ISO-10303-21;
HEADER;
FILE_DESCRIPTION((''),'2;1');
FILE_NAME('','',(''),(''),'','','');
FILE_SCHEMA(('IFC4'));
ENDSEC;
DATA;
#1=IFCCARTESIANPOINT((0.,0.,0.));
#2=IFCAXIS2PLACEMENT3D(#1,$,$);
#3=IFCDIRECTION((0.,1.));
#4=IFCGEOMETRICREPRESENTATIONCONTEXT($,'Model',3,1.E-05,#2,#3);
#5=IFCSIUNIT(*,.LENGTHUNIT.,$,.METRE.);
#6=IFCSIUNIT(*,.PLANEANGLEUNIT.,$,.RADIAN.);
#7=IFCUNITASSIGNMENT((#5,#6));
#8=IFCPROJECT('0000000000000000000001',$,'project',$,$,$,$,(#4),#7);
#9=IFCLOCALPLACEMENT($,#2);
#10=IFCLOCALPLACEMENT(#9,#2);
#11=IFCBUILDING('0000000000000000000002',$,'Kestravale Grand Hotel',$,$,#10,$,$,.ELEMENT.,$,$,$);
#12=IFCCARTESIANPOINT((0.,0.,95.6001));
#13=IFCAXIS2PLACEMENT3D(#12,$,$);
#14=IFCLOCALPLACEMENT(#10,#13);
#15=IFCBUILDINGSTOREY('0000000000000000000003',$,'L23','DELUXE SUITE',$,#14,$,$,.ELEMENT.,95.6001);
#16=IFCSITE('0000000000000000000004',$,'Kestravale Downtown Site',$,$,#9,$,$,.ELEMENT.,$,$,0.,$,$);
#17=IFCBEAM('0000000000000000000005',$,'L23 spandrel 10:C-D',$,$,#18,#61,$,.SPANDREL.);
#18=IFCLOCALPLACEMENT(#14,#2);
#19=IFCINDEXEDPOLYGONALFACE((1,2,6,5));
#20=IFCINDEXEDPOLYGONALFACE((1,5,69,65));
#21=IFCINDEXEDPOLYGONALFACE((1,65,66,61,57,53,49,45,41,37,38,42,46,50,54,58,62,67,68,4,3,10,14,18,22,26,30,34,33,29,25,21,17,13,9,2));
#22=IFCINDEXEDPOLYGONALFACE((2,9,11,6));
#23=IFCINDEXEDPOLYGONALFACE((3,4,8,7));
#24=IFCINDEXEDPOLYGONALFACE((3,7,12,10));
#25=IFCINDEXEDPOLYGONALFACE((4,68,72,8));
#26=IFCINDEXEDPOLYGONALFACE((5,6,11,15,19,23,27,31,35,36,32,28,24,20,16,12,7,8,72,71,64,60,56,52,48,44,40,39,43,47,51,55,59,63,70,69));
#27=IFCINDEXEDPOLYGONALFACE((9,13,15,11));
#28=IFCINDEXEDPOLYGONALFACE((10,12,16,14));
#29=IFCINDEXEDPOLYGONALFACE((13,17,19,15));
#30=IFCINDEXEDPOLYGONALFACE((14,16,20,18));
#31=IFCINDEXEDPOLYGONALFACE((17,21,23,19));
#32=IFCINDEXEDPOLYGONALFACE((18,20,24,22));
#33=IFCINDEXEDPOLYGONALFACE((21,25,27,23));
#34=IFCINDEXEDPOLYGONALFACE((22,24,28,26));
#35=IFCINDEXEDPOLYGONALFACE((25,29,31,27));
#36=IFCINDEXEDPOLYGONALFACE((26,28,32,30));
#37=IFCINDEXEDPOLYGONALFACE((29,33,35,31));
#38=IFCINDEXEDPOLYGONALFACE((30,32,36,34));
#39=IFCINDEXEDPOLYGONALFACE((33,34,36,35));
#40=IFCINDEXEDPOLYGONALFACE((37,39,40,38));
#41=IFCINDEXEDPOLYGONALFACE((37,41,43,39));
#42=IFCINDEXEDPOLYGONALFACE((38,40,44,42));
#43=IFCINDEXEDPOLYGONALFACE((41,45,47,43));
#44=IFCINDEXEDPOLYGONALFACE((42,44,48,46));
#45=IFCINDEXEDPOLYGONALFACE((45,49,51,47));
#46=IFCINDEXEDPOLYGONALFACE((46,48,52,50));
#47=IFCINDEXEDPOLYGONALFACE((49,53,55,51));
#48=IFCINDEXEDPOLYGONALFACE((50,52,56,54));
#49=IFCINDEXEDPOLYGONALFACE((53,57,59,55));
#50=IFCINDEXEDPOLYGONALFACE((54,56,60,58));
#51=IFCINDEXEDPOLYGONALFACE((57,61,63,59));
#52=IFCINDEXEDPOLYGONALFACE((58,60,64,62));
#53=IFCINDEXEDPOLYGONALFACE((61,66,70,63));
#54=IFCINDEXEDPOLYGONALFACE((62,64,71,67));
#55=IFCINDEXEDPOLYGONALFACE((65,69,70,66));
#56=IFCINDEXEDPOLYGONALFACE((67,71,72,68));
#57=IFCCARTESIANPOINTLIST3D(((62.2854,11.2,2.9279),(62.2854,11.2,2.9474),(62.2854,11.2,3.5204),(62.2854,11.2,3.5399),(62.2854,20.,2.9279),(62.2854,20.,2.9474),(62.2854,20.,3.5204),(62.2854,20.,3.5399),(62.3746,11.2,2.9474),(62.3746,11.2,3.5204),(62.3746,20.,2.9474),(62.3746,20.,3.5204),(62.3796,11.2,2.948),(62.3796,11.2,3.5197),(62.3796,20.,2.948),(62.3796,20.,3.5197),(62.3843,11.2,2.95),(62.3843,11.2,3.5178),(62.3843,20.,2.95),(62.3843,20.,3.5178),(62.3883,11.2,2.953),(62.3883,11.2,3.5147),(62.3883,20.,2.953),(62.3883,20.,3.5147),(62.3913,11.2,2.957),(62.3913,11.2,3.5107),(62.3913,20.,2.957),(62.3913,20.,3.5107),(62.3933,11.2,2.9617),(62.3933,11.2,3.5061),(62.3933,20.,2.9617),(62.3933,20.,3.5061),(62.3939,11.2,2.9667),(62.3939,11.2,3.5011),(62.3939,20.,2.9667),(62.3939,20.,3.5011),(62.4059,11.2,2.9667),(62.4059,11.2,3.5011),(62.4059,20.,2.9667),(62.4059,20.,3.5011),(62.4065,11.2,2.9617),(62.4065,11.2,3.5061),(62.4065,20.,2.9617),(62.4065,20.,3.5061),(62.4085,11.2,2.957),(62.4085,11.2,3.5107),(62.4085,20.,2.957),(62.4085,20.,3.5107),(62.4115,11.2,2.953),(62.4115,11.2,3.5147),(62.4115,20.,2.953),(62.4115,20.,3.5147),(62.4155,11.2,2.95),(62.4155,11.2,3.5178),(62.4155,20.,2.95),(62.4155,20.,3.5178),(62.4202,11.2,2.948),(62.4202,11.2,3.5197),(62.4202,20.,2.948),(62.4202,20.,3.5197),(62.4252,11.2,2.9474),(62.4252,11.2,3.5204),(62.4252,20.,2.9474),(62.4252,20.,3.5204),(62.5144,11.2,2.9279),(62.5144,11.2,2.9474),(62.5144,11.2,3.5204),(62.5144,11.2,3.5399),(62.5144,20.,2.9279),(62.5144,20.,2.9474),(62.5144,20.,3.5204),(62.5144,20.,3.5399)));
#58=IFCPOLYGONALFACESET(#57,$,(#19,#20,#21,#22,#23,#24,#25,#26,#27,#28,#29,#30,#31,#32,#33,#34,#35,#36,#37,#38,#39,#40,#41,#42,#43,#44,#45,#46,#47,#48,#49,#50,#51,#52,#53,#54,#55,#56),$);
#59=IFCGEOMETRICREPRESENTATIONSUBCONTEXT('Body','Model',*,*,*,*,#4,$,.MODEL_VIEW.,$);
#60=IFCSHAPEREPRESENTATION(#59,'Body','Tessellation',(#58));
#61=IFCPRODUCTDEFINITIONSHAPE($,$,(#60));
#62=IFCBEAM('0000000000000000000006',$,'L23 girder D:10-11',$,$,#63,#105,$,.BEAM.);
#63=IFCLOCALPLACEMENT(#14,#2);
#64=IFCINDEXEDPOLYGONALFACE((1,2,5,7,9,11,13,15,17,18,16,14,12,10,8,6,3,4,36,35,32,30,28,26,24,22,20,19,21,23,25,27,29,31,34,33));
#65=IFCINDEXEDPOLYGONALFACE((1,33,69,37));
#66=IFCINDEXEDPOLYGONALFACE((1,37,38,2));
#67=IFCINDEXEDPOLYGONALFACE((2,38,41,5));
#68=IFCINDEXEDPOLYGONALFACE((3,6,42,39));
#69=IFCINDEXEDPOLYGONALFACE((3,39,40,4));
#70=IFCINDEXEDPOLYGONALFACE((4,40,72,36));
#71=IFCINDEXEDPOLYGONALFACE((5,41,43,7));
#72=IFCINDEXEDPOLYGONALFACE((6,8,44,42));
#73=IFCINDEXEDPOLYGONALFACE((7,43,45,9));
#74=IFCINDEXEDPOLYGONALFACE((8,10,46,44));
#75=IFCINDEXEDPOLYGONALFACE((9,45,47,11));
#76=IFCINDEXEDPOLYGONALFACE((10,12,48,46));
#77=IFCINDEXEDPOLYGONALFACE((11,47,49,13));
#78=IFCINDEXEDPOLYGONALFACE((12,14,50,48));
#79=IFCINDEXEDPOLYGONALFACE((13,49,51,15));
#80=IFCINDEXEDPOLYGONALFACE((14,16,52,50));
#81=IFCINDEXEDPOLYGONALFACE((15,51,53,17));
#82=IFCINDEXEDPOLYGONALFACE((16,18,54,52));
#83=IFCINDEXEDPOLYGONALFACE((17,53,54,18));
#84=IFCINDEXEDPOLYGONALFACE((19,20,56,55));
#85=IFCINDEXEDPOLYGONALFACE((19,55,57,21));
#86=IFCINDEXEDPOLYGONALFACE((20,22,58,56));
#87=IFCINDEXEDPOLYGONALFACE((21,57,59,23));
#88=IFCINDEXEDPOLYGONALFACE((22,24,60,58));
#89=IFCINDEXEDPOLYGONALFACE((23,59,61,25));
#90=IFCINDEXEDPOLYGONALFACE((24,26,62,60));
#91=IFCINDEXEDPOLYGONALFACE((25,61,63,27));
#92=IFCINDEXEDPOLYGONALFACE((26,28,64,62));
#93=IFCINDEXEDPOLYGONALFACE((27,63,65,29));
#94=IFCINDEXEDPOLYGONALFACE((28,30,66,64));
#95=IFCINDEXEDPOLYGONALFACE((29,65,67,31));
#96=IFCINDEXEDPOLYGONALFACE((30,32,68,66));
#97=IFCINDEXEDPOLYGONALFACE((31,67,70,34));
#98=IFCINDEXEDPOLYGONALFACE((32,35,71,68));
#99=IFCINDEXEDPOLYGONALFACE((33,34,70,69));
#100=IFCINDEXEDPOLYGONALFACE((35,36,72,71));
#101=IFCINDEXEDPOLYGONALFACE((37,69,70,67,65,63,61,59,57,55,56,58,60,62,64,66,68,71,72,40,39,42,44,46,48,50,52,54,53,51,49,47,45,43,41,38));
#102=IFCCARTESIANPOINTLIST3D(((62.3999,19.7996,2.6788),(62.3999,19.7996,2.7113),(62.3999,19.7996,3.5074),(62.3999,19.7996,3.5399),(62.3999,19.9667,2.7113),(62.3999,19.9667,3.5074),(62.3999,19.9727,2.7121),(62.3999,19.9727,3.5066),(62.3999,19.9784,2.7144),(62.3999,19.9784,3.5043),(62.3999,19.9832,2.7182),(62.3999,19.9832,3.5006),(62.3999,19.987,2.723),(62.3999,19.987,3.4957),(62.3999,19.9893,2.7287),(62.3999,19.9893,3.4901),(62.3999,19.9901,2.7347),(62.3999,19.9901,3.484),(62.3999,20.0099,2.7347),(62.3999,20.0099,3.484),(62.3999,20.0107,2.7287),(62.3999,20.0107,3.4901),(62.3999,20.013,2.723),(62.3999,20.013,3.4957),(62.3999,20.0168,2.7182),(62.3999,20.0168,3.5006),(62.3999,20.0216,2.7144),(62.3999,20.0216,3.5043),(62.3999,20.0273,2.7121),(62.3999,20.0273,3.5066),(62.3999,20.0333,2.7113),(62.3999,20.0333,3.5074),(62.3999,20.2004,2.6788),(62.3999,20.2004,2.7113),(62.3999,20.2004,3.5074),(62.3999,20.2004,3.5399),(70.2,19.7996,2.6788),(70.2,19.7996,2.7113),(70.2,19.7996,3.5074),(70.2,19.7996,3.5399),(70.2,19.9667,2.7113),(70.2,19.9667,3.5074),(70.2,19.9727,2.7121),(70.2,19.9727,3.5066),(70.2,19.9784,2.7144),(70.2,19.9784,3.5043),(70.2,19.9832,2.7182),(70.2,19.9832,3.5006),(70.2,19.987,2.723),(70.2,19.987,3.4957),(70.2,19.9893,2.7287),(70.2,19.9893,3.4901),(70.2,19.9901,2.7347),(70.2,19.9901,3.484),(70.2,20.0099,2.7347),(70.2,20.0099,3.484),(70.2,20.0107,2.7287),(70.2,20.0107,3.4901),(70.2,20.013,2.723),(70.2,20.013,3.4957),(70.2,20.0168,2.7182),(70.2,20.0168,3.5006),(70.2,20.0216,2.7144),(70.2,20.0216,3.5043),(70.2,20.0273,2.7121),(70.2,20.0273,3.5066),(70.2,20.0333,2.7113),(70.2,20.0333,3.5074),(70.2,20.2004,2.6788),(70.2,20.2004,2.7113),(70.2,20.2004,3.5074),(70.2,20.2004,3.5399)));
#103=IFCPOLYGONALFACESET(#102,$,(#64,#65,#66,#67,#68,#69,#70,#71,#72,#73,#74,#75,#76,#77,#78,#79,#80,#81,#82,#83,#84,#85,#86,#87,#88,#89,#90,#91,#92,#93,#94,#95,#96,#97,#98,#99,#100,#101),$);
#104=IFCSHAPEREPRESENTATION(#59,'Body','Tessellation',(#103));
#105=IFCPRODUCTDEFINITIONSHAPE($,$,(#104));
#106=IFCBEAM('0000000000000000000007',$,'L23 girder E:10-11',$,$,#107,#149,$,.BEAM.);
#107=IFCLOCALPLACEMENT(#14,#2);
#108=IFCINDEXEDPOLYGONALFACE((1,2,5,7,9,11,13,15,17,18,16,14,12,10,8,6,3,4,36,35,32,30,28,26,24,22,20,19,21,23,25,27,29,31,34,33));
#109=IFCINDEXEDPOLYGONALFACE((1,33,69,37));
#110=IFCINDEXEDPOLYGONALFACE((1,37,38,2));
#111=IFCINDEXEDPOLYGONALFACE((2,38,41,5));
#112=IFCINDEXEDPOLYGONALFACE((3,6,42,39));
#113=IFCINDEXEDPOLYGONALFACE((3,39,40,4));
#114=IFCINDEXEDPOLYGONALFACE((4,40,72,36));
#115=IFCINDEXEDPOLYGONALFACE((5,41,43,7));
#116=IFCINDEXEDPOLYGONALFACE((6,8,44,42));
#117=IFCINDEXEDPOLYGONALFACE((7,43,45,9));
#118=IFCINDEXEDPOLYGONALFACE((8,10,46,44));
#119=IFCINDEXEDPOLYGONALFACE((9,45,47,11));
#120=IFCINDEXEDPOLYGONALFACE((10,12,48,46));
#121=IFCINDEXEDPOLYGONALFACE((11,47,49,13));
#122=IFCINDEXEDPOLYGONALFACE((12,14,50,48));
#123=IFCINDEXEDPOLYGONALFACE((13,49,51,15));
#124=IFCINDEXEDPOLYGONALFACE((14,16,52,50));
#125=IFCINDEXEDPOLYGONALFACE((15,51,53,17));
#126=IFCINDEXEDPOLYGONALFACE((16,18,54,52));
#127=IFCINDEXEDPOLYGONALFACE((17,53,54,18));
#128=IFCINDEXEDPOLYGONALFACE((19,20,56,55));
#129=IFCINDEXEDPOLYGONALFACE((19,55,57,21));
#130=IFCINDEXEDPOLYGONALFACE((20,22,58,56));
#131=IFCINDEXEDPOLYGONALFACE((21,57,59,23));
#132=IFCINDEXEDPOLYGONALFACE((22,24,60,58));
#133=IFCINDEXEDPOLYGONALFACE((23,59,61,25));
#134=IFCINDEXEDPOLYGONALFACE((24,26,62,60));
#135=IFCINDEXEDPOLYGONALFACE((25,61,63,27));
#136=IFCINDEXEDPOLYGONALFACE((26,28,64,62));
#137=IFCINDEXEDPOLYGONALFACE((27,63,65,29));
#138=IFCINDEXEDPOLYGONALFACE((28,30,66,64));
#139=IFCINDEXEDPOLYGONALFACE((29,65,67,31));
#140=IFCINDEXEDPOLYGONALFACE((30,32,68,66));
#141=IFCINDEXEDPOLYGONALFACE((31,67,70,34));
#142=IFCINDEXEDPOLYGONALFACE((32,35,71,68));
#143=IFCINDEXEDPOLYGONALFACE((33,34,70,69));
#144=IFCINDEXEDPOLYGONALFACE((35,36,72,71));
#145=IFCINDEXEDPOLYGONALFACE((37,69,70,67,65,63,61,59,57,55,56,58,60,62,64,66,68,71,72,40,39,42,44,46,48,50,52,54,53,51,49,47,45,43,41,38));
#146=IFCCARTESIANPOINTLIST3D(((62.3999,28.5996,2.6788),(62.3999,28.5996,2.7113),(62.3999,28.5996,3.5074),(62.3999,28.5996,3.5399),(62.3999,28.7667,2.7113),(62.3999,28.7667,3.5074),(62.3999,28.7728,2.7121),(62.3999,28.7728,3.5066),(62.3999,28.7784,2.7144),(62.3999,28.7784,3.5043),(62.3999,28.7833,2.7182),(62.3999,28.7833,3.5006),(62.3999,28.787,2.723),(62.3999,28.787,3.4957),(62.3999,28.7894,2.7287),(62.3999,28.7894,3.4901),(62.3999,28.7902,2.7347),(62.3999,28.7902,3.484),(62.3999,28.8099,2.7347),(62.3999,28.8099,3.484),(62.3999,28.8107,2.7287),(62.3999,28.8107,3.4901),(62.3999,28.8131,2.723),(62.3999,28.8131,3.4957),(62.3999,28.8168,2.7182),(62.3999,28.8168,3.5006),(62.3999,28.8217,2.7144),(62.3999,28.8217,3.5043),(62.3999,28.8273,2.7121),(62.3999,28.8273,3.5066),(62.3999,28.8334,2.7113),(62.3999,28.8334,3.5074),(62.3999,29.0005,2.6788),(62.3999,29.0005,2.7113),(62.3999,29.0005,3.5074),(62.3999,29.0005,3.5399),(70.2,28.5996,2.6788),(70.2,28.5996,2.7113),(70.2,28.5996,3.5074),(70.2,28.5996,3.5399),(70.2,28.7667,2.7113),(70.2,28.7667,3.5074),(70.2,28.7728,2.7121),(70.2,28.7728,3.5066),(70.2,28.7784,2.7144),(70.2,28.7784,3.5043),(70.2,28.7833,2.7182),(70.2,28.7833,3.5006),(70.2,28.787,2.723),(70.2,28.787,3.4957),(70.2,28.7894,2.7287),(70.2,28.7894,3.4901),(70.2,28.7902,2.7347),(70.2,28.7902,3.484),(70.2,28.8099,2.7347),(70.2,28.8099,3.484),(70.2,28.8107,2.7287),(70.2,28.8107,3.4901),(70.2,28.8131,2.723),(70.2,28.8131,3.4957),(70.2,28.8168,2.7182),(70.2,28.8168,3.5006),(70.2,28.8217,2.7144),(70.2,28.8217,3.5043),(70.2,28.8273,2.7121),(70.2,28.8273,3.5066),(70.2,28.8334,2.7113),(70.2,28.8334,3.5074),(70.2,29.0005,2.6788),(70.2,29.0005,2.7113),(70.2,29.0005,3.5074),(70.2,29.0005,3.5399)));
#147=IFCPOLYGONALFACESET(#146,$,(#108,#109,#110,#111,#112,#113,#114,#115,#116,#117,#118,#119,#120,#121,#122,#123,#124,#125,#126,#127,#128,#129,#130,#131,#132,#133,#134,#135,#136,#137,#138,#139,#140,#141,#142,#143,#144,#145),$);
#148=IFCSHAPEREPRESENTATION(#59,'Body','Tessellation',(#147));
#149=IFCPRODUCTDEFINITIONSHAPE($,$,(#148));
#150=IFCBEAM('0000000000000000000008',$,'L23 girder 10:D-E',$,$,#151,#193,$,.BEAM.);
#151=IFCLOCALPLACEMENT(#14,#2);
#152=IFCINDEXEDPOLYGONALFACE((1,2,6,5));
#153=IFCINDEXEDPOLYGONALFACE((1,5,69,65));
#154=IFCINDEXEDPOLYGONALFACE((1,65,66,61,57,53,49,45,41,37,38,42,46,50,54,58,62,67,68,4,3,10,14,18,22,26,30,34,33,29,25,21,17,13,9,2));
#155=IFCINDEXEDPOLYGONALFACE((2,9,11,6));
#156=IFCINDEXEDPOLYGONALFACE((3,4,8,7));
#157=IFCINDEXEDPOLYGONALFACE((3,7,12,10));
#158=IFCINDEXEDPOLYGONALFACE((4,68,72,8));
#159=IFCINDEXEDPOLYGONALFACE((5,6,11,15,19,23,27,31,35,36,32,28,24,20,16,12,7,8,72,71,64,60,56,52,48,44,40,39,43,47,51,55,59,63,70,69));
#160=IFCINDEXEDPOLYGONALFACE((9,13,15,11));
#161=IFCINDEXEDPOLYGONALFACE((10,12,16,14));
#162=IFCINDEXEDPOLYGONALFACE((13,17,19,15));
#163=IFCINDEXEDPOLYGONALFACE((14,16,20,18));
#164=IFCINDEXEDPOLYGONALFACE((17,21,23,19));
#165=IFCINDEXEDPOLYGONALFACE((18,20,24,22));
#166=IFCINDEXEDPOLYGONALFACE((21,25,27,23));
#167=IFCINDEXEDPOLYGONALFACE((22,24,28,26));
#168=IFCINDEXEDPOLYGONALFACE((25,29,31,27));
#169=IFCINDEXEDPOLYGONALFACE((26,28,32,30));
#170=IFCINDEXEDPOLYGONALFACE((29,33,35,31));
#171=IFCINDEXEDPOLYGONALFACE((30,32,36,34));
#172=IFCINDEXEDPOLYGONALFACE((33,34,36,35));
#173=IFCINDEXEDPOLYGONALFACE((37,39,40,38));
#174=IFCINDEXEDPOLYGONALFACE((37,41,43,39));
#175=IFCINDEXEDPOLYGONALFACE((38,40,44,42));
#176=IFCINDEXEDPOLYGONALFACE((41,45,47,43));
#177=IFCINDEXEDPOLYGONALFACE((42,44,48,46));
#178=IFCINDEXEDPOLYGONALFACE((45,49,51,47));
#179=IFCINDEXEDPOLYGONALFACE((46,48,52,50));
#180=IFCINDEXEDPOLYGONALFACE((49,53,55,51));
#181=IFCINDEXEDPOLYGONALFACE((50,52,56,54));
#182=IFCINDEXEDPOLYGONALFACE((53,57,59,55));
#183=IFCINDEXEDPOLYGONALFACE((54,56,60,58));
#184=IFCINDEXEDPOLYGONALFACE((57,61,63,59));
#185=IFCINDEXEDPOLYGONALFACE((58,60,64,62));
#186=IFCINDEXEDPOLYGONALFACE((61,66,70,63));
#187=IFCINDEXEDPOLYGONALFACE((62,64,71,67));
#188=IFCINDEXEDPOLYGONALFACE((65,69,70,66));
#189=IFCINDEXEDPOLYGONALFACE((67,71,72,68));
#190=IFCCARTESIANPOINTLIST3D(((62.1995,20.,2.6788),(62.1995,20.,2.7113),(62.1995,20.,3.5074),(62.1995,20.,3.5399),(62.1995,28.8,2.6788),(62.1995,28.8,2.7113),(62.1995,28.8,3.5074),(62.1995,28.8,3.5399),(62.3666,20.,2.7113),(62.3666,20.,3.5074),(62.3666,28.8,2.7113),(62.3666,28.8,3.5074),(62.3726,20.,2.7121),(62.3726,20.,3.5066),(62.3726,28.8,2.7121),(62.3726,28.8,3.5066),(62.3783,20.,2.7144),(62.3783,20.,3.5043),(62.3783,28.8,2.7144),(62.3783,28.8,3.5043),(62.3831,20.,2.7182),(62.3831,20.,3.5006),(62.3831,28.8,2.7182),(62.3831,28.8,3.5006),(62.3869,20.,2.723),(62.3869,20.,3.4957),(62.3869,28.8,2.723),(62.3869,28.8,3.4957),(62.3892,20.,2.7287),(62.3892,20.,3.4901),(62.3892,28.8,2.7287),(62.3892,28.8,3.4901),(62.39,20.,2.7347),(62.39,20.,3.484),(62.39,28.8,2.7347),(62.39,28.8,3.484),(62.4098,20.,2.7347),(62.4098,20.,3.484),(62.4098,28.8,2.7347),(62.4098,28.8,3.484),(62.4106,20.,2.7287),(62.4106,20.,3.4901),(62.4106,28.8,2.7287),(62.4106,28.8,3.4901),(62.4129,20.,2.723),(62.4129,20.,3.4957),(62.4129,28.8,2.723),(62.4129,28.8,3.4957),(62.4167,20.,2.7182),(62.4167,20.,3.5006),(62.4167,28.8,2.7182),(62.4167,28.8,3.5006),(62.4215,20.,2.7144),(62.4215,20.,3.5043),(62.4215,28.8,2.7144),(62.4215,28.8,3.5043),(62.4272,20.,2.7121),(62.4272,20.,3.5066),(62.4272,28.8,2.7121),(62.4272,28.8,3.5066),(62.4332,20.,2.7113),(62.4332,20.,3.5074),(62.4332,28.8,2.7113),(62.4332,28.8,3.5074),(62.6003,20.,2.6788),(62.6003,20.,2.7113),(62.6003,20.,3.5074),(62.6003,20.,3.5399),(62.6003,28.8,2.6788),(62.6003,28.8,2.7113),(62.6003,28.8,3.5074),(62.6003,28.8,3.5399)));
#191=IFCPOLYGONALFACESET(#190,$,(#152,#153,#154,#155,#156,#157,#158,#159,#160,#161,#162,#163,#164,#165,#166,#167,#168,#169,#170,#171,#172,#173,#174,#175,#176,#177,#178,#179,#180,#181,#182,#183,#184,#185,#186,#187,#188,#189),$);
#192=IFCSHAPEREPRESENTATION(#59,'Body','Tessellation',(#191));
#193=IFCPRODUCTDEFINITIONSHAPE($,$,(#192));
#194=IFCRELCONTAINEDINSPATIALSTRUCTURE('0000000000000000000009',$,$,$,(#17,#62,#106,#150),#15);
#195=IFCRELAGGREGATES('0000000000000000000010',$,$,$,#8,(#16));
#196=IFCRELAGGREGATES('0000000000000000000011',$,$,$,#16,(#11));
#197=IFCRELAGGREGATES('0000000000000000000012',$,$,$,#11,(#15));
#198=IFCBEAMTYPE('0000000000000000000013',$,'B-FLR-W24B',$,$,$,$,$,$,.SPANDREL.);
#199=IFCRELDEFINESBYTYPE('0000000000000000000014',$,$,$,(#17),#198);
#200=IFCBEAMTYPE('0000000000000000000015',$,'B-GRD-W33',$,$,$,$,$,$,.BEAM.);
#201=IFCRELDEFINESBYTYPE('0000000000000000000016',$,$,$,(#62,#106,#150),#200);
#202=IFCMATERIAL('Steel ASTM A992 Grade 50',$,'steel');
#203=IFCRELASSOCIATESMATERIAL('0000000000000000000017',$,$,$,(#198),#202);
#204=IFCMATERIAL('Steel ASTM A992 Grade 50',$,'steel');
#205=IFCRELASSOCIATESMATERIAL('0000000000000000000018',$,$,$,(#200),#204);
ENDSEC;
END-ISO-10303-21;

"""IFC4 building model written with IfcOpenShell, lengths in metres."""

from ifc_helpers import new_model, si_unit, direction, frame, origin, origin_2d, place, context, subcontext, project, spatial, i_section, extrude, material, material_profile, profile_set, type_object, element, save


model = new_model("IFC4")

# Units and contexts
model_context = context("Model", 3, precision=1e-05, world=origin(), true_north=direction((0.0, 1.0)))
body_context = subcontext(model_context, "Body", "Model", "MODEL_VIEW")
ifc_project = project(units=[si_unit("LENGTHUNIT", "METRE"), si_unit("PLANEANGLEUNIT", "RADIAN")], contexts=[model_context])

# Site, building, storey
site_placement = place(None, origin())
site = spatial("IfcSite", under=ifc_project, at=site_placement, Name="Kestravale Downtown Site", CompositionType="ELEMENT", RefElevation=0.0)
building_placement = place(site_placement, origin())
building = spatial("IfcBuilding", under=site, at=building_placement, Name="Kestravale Grand Hotel", CompositionType="ELEMENT")
storey_placement = place(building_placement, frame((0.0, 0.0, 95.6001)))
storey = spatial("IfcBuildingStorey", under=building, at=storey_placement, Name="L23", Description="DELUXE SUITE", CompositionType="ELEMENT", Elevation=95.6001)

# Beams
ifc_material_1 = material(Name="Steel ASTM A992 Grade 50", Category="steel")
ifc_material_profile_1 = material_profile(ifc_material_1, i_section(OverallWidth=0.229, OverallDepth=0.6121, WebThickness=0.012, FlangeThickness=0.0195, FilletRadius=0.0193, at=origin_2d()))
ifc_profile_set_1 = profile_set([ifc_material_profile_1], Name="Steel ASTM A992 Grade 50")
beam_type_1 = type_object("IfcBeamType", Name="B-FLR-W24B", PredefinedType="SPANDREL", material=ifc_profile_set_1)
beam_1_placement = place(storey_placement, frame((62.3999, 11.2, 3.2339), z_axis=(0.0, 1.0, 0.0), x_axis=(-1.0, 0.0, 0.0)))
element("IfcBeam", 1, at=beam_1_placement, inside=storey, type_object=beam_type_1, Name="L23 spandrel 10:C-D", PredefinedType="SPANDREL", context=body_context, shape_type="SweptSolid", body=[
    extrude(i_section(OverallWidth=0.229, OverallDepth=0.6121, WebThickness=0.012, FlangeThickness=0.0195, FilletRadius=0.0193, at=origin_2d()), origin(), (0.0, 0.0, 1.0), 8.8),
])
ifc_material_2 = material(Name="Steel ASTM A992 Grade 50", Category="steel")
ifc_material_profile_2 = material_profile(ifc_material_2, i_section(OverallWidth=0.4009, OverallDepth=0.8611, WebThickness=0.0198, FlangeThickness=0.0325, FilletRadius=0.0234, at=origin_2d()))
ifc_profile_set_2 = profile_set([ifc_material_profile_2], Name="Steel ASTM A992 Grade 50")
beam_type_2 = type_object("IfcBeamType", Name="B-GRD-W33", PredefinedType="BEAM", material=ifc_profile_set_2)
for number, where, z_axis, x_axis, name in (
    (2, (62.3999, 20.0, 3.1094), (1.0, 0.0, 0.0), (0.0, 1.0, 0.0), "L23 girder D:10-11"),
    (3, (62.3999, 28.8, 3.1094), (1.0, 0.0, 0.0), (0.0, 1.0, 0.0), "L23 girder E:10-11"),
):
    element("IfcBeam", number, at=place(storey_placement, frame(where, z_axis=z_axis, x_axis=x_axis)), inside=storey, type_object=beam_type_2, Name=name, PredefinedType="BEAM", context=body_context, shape_type="SweptSolid", body=[
        extrude(i_section(OverallWidth=0.4009, OverallDepth=0.8611, WebThickness=0.0198, FlangeThickness=0.0325, FilletRadius=0.0234, at=origin_2d()), origin(), (0.0, 0.0, 1.0), 7.8),
    ])
beam_2_placement = place(storey_placement, frame((62.3999, 20.0, 3.1094), z_axis=(0.0, 1.0, 0.0), x_axis=(-1.0, 0.0, 0.0)))
element("IfcBeam", 4, at=beam_2_placement, inside=storey, type_object=beam_type_2, Name="L23 girder 10:D-E", PredefinedType="BEAM", context=body_context, shape_type="SweptSolid", body=[
    extrude(i_section(OverallWidth=0.4009, OverallDepth=0.8611, WebThickness=0.0198, FlangeThickness=0.0325, FilletRadius=0.0234, at=origin_2d()), origin(), (0.0, 0.0, 1.0), 8.8),
])

save(model, "model.ifc")
